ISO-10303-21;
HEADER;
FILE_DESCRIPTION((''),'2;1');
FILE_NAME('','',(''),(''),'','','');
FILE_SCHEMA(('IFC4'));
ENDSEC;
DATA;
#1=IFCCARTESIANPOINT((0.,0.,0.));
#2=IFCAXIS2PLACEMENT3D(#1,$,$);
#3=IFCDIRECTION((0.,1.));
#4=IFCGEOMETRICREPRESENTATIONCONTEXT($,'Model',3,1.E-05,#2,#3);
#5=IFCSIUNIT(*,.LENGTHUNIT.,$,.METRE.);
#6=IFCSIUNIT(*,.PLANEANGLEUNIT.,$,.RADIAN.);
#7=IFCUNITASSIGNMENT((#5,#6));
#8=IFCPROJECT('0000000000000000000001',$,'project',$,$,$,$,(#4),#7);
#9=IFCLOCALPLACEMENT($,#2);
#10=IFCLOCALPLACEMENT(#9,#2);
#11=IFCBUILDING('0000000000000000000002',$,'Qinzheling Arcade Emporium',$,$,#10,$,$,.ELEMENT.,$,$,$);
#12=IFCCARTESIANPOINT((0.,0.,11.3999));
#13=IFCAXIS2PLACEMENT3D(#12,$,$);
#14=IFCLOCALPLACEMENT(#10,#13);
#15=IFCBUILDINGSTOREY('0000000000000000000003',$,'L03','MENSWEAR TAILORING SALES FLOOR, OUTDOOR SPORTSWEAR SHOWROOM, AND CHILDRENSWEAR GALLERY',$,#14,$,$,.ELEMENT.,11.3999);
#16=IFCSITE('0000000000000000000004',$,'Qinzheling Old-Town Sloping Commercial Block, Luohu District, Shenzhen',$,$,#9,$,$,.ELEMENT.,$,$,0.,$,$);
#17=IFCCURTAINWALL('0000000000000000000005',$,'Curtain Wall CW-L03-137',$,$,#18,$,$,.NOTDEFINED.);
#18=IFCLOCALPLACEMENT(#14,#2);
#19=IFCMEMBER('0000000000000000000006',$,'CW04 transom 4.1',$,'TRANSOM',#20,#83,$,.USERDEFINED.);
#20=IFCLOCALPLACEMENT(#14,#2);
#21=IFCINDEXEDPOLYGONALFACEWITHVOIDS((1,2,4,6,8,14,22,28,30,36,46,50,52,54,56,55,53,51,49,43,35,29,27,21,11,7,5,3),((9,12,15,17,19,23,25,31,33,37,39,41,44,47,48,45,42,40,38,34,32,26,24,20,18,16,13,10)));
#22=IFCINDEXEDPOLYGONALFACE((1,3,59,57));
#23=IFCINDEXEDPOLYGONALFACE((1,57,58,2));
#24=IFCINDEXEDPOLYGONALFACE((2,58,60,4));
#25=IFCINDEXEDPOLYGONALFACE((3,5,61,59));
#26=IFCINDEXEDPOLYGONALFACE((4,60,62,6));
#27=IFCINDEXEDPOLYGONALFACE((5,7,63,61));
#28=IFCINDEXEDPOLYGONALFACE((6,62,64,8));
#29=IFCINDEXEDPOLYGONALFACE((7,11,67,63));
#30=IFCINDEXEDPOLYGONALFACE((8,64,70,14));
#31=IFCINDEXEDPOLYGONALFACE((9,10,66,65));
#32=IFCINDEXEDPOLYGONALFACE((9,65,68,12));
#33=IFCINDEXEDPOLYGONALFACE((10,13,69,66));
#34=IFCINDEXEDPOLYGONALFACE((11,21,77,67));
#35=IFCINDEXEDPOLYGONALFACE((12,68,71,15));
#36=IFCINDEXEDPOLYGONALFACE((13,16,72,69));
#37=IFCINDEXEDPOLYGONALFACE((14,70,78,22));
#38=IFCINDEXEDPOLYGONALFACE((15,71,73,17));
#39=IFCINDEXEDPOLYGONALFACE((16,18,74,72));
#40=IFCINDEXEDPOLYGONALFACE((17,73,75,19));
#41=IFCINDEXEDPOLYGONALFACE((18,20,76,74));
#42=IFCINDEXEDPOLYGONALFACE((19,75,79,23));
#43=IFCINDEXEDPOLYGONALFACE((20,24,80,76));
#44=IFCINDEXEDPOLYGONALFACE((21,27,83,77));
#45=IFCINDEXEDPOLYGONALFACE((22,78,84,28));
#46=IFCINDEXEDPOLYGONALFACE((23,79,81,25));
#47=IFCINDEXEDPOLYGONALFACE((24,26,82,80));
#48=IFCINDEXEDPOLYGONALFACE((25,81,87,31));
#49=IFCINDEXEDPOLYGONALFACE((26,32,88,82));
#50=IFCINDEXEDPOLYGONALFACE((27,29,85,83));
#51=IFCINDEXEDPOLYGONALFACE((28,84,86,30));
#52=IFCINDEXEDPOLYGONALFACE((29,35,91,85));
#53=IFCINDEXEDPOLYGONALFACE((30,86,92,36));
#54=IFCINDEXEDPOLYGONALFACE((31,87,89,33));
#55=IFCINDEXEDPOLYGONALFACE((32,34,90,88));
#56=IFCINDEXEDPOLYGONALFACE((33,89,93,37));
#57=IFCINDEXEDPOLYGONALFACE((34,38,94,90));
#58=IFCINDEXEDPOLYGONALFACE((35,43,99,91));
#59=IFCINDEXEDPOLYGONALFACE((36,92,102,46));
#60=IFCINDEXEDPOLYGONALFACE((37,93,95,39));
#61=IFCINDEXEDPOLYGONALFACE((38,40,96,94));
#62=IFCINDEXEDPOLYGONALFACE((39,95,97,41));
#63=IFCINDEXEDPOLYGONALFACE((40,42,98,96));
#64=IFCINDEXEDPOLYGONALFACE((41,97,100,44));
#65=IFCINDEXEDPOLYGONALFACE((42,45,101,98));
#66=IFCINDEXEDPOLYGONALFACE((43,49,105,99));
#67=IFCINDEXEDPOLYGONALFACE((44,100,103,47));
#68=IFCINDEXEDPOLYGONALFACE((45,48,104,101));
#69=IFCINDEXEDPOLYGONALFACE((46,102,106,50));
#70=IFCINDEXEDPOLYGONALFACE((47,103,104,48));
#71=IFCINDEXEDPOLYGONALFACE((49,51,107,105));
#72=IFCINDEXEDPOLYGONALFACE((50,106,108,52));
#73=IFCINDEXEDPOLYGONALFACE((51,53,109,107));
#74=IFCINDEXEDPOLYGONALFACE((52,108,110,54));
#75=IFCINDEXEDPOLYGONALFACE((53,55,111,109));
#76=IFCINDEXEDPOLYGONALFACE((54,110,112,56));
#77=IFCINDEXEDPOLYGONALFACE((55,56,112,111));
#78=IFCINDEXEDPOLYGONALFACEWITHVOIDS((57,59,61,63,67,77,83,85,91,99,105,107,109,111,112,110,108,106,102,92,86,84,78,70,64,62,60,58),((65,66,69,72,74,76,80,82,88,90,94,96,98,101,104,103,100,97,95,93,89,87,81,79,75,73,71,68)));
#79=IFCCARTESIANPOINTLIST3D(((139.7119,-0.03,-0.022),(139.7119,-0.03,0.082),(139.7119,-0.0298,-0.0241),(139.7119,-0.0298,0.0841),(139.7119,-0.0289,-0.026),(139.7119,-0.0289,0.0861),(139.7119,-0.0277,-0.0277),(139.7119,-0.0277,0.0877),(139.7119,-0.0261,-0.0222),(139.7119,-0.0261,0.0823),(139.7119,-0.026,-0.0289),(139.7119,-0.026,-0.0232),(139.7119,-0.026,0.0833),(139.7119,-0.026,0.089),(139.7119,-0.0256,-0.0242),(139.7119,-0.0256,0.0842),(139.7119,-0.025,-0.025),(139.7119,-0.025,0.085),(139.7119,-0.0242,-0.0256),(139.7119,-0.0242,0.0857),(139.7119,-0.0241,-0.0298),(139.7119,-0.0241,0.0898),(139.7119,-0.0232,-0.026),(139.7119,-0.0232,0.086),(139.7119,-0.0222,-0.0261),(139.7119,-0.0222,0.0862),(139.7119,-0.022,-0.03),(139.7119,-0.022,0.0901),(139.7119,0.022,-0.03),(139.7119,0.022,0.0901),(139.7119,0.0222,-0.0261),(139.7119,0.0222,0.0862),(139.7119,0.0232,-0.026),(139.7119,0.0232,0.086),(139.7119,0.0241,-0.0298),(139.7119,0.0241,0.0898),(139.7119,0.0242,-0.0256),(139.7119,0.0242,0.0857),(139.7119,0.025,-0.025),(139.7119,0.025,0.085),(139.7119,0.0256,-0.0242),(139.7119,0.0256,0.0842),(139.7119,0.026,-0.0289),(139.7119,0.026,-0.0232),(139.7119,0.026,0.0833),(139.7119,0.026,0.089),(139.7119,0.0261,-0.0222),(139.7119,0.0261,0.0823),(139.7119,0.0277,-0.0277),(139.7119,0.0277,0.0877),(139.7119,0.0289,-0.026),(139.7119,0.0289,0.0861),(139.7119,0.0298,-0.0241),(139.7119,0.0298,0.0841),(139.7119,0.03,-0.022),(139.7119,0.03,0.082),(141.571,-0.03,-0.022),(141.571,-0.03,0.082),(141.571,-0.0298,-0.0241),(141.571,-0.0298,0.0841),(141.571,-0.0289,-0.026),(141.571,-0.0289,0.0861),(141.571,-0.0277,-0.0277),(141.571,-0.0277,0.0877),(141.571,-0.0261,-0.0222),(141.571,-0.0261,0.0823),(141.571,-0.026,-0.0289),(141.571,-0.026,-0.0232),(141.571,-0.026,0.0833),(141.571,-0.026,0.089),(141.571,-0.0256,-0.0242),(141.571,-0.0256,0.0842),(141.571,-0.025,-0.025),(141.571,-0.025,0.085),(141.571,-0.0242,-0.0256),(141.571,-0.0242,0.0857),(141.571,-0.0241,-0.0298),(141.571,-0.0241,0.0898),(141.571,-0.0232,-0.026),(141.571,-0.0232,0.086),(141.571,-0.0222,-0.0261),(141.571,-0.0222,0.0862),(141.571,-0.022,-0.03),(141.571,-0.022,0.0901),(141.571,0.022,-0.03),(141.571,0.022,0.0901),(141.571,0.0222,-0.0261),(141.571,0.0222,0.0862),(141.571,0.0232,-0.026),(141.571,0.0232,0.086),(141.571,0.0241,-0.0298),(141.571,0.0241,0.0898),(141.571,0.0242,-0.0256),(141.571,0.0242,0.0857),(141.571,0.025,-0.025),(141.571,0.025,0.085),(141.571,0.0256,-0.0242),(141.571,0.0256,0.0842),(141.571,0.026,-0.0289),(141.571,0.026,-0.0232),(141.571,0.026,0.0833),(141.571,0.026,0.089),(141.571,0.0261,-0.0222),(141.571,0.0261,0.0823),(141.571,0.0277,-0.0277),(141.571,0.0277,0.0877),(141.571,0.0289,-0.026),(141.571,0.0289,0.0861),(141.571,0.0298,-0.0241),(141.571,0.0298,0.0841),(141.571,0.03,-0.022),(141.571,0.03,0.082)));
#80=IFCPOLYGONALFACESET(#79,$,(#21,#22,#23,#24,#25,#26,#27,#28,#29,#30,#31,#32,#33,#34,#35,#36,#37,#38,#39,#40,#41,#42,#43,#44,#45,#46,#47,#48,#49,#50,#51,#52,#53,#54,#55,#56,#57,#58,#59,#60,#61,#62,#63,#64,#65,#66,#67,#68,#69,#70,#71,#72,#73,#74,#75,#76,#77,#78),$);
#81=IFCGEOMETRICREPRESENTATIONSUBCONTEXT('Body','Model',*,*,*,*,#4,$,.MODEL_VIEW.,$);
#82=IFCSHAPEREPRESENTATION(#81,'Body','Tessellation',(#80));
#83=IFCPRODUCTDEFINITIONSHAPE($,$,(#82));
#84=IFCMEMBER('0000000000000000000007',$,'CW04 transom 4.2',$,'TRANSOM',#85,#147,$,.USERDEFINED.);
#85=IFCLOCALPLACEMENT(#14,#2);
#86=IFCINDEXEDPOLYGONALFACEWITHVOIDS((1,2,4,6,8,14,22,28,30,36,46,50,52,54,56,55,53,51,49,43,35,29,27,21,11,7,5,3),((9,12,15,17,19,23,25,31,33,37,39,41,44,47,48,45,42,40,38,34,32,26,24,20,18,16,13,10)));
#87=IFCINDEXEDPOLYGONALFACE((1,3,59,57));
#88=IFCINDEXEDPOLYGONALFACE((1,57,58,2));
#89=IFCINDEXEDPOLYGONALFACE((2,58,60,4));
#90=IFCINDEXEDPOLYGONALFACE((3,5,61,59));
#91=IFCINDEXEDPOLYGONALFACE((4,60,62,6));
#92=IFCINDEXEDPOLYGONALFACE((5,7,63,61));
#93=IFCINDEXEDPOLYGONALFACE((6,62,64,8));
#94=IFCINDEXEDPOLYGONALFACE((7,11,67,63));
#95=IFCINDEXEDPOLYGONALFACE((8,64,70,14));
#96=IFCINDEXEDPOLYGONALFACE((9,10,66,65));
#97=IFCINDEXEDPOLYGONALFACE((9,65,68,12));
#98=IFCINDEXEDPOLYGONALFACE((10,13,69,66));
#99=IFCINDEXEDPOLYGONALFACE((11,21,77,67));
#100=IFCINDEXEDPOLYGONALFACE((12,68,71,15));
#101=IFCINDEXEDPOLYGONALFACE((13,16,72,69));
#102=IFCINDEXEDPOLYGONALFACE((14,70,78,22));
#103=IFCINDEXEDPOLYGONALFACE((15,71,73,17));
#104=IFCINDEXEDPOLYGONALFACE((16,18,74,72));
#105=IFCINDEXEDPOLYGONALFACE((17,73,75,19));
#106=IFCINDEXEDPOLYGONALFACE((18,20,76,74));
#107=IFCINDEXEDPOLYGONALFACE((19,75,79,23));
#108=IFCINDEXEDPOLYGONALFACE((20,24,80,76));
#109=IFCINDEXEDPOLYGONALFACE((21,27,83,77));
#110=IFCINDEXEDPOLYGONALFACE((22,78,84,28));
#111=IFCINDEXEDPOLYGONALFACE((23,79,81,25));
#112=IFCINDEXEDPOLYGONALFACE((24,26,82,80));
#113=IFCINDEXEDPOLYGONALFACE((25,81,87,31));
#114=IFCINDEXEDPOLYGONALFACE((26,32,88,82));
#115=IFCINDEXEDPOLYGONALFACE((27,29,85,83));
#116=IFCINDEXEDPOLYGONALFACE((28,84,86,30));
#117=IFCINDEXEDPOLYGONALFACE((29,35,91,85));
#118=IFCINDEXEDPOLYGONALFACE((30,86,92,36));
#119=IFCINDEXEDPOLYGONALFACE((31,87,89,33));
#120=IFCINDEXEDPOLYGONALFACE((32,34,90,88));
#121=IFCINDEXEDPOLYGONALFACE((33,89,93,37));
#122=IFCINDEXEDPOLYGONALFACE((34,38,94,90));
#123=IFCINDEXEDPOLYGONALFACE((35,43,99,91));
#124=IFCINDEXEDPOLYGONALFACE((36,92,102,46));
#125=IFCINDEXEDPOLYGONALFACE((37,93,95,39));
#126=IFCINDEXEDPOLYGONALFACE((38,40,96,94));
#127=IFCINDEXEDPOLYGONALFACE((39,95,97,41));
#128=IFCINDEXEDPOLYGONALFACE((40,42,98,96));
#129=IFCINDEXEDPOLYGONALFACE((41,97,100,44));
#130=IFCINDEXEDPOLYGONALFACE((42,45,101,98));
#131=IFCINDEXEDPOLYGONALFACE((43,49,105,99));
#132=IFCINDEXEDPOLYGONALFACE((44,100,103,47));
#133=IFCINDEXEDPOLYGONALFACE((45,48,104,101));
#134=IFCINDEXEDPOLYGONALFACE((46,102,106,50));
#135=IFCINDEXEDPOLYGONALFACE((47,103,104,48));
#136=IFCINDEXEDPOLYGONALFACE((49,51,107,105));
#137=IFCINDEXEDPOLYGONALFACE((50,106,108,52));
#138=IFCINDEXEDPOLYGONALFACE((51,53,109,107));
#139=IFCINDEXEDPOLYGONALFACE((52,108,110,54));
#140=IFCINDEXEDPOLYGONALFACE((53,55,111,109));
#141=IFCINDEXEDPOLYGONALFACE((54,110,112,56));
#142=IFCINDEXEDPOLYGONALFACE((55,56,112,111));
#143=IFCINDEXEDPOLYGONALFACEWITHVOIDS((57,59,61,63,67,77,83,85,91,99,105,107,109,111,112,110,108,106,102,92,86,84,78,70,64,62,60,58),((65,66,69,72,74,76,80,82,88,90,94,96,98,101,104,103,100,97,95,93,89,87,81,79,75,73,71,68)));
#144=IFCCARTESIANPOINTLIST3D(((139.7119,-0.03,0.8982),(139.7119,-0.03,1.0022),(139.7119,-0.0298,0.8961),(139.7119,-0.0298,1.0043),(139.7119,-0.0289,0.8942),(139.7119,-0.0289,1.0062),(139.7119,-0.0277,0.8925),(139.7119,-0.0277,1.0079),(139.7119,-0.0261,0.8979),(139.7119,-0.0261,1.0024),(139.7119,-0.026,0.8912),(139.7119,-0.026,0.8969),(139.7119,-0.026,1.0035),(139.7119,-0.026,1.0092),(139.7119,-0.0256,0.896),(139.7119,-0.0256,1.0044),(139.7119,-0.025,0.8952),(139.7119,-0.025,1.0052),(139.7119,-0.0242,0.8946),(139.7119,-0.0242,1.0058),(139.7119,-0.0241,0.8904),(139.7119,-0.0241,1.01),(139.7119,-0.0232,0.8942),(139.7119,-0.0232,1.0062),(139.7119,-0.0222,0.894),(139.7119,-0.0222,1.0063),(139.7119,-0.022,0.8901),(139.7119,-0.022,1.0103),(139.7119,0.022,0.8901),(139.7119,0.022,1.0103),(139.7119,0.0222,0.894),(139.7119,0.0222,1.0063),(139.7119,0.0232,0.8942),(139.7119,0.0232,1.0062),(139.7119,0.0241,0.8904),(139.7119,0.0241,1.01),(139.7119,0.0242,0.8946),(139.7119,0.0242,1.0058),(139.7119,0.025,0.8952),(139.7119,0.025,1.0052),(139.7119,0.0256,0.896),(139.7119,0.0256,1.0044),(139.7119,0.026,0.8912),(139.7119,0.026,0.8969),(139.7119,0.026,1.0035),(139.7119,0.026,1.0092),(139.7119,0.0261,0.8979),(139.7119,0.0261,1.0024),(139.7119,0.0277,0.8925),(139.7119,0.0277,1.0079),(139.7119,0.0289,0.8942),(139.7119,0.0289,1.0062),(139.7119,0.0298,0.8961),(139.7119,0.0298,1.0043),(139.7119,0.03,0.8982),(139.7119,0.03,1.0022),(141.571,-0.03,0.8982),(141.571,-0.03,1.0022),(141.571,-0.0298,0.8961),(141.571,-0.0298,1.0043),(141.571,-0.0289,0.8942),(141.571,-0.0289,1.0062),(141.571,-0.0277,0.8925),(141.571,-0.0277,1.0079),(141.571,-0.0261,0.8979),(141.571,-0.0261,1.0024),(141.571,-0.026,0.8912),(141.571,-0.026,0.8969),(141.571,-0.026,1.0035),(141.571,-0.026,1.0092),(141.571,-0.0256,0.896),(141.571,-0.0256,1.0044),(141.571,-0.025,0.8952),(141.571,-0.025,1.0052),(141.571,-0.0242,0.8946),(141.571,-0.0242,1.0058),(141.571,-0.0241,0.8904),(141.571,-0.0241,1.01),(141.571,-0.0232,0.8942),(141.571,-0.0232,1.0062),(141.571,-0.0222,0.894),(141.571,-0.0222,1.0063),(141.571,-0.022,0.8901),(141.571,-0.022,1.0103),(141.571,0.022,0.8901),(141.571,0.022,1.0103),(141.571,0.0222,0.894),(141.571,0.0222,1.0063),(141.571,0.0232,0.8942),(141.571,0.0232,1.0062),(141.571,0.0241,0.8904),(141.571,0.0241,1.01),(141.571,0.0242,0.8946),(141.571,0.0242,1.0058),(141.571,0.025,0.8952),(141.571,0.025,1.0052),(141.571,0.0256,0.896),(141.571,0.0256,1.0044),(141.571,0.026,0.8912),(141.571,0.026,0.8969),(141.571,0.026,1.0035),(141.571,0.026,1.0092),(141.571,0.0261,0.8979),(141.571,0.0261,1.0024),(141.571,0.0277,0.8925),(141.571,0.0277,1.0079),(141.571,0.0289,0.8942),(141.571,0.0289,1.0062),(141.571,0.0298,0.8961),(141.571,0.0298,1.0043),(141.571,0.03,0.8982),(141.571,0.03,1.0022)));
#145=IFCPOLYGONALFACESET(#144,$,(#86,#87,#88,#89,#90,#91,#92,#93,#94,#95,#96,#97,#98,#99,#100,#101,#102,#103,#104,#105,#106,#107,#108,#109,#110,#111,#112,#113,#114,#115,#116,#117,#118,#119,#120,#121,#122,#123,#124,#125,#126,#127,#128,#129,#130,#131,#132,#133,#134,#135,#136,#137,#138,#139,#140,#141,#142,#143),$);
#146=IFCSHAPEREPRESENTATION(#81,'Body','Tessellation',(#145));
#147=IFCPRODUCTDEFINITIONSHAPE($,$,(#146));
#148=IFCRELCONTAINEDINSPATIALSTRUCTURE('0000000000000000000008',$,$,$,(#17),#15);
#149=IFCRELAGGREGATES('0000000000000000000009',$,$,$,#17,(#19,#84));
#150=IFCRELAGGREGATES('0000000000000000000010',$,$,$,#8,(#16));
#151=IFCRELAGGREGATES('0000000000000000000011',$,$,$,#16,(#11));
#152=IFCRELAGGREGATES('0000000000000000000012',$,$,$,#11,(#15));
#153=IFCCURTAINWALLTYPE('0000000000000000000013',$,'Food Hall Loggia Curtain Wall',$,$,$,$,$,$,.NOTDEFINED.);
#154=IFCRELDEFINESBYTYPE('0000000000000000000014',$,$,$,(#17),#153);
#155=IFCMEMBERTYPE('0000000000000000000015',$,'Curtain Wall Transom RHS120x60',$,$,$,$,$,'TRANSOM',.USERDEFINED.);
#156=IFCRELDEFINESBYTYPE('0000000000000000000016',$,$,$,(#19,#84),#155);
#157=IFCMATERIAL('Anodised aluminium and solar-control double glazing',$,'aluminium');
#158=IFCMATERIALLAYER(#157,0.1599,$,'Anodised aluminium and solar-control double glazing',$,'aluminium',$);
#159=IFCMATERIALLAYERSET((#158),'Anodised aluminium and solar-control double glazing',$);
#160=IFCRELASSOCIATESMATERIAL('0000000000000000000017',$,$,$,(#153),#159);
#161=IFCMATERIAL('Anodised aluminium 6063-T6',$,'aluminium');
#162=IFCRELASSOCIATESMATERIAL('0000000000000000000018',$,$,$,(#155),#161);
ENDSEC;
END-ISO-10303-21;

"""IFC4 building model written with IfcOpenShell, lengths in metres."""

from ifc_helpers import new_model, si_unit, direction, frame, origin, origin_2d, place, context, subcontext, project, spatial, hollow_rectangle, extrude, material, layer, layer_set, material_profile, profile_set, type_object, element, aggregate, save


model = new_model("IFC4")

# Units and contexts
model_context = context("Model", 3, precision=1e-05, world=origin(), true_north=direction((0.0, 1.0)))
body_context = subcontext(model_context, "Body", "Model", "MODEL_VIEW")
ifc_project = project(units=[si_unit("LENGTHUNIT", "METRE"), si_unit("PLANEANGLEUNIT", "RADIAN")], contexts=[model_context])

# Site, building, storey
site_placement = place(None, origin())
site = spatial("IfcSite", under=ifc_project, at=site_placement, Name="Qinzheling Old-Town Sloping Commercial Block, Luohu District, Shenzhen", CompositionType="ELEMENT", RefElevation=0.0)
building_placement = place(site_placement, origin())
building = spatial("IfcBuilding", under=site, at=building_placement, Name="Qinzheling Arcade Emporium", CompositionType="ELEMENT")
storey_placement = place(building_placement, frame((0.0, 0.0, 11.3999)))
storey = spatial("IfcBuildingStorey", under=building, at=storey_placement, Name="L03", Description="MENSWEAR TAILORING SALES FLOOR, OUTDOOR SPORTSWEAR SHOWROOM, AND CHILDRENSWEAR GALLERY", CompositionType="ELEMENT", Elevation=11.3999)

# Curtain wall, members
ifc_material_1 = material(Name="Anodised aluminium and solar-control double glazing", Category="aluminium")
ifc_layer_1 = layer(ifc_material_1, 0.1599, Name="Anodised aluminium and solar-control double glazing", Category="aluminium")
ifc_layer_set_1 = layer_set([ifc_layer_1], Name="Anodised aluminium and solar-control double glazing")
curtain_wall_type = type_object("IfcCurtainWallType", Name="Food Hall Loggia Curtain Wall", PredefinedType="NOTDEFINED", material=ifc_layer_set_1)
curtain_wall_placement = place(storey_placement, origin())
curtain_wall = element("IfcCurtainWall", 1, at=curtain_wall_placement, inside=storey, type_object=curtain_wall_type, Name="Curtain Wall CW-L03-137", PredefinedType="NOTDEFINED")
ifc_material_2 = material(Name="Anodised aluminium 6063-T6", Category="aluminium")
ifc_material_profile_1 = material_profile(ifc_material_2, hollow_rectangle(XDim=0.0601, YDim=0.1201, WallThickness=0.0039, InnerFilletRadius=0.0039, OuterFilletRadius=0.0081, at=origin_2d()), Name="RHS 120x60x4", Category="aluminium")
ifc_profile_set_1 = profile_set([ifc_material_profile_1], Name="Anodised aluminium 6063-T6")
member_type_1 = type_object("IfcMemberType", Name="Curtain Wall Transom RHS120x60", ElementType="TRANSOM", PredefinedType="USERDEFINED", material=ifc_profile_set_1)
member_1_placement = place(storey_placement, frame((141.571, 0.0, 0.03), z_axis=(-1.0, 0.0, 0.0), x_axis=(0.0, -1.0, 0.0)))
member_1 = element("IfcMember", 2, at=member_1_placement, type_object=member_type_1, Name="CW04 transom 4.1", ObjectType="TRANSOM", PredefinedType="USERDEFINED", context=body_context, shape_type="SweptSolid", body=[
    extrude(hollow_rectangle(XDim=0.0601, YDim=0.1201, WallThickness=0.0039, InnerFilletRadius=0.0039, OuterFilletRadius=0.0081, at=origin_2d()), origin(), (0.0, 0.0, 1.0), 1.8591),
])
member_2_placement = place(storey_placement, frame((141.571, 0.0, 0.9502), z_axis=(-1.0, 0.0, 0.0), x_axis=(0.0, -1.0, 0.0)))
member_2 = element("IfcMember", 3, at=member_2_placement, type_object=member_type_1, Name="CW04 transom 4.2", ObjectType="TRANSOM", PredefinedType="USERDEFINED", context=body_context, shape_type="SweptSolid", body=[
    extrude(hollow_rectangle(XDim=0.0601, YDim=0.1201, WallThickness=0.0039, InnerFilletRadius=0.0039, OuterFilletRadius=0.0081, at=origin_2d()), origin(), (0.0, 0.0, 1.0), 1.8591),
])

aggregate(curtain_wall, [member_1, member_2])

save(model, "model.ifc")
